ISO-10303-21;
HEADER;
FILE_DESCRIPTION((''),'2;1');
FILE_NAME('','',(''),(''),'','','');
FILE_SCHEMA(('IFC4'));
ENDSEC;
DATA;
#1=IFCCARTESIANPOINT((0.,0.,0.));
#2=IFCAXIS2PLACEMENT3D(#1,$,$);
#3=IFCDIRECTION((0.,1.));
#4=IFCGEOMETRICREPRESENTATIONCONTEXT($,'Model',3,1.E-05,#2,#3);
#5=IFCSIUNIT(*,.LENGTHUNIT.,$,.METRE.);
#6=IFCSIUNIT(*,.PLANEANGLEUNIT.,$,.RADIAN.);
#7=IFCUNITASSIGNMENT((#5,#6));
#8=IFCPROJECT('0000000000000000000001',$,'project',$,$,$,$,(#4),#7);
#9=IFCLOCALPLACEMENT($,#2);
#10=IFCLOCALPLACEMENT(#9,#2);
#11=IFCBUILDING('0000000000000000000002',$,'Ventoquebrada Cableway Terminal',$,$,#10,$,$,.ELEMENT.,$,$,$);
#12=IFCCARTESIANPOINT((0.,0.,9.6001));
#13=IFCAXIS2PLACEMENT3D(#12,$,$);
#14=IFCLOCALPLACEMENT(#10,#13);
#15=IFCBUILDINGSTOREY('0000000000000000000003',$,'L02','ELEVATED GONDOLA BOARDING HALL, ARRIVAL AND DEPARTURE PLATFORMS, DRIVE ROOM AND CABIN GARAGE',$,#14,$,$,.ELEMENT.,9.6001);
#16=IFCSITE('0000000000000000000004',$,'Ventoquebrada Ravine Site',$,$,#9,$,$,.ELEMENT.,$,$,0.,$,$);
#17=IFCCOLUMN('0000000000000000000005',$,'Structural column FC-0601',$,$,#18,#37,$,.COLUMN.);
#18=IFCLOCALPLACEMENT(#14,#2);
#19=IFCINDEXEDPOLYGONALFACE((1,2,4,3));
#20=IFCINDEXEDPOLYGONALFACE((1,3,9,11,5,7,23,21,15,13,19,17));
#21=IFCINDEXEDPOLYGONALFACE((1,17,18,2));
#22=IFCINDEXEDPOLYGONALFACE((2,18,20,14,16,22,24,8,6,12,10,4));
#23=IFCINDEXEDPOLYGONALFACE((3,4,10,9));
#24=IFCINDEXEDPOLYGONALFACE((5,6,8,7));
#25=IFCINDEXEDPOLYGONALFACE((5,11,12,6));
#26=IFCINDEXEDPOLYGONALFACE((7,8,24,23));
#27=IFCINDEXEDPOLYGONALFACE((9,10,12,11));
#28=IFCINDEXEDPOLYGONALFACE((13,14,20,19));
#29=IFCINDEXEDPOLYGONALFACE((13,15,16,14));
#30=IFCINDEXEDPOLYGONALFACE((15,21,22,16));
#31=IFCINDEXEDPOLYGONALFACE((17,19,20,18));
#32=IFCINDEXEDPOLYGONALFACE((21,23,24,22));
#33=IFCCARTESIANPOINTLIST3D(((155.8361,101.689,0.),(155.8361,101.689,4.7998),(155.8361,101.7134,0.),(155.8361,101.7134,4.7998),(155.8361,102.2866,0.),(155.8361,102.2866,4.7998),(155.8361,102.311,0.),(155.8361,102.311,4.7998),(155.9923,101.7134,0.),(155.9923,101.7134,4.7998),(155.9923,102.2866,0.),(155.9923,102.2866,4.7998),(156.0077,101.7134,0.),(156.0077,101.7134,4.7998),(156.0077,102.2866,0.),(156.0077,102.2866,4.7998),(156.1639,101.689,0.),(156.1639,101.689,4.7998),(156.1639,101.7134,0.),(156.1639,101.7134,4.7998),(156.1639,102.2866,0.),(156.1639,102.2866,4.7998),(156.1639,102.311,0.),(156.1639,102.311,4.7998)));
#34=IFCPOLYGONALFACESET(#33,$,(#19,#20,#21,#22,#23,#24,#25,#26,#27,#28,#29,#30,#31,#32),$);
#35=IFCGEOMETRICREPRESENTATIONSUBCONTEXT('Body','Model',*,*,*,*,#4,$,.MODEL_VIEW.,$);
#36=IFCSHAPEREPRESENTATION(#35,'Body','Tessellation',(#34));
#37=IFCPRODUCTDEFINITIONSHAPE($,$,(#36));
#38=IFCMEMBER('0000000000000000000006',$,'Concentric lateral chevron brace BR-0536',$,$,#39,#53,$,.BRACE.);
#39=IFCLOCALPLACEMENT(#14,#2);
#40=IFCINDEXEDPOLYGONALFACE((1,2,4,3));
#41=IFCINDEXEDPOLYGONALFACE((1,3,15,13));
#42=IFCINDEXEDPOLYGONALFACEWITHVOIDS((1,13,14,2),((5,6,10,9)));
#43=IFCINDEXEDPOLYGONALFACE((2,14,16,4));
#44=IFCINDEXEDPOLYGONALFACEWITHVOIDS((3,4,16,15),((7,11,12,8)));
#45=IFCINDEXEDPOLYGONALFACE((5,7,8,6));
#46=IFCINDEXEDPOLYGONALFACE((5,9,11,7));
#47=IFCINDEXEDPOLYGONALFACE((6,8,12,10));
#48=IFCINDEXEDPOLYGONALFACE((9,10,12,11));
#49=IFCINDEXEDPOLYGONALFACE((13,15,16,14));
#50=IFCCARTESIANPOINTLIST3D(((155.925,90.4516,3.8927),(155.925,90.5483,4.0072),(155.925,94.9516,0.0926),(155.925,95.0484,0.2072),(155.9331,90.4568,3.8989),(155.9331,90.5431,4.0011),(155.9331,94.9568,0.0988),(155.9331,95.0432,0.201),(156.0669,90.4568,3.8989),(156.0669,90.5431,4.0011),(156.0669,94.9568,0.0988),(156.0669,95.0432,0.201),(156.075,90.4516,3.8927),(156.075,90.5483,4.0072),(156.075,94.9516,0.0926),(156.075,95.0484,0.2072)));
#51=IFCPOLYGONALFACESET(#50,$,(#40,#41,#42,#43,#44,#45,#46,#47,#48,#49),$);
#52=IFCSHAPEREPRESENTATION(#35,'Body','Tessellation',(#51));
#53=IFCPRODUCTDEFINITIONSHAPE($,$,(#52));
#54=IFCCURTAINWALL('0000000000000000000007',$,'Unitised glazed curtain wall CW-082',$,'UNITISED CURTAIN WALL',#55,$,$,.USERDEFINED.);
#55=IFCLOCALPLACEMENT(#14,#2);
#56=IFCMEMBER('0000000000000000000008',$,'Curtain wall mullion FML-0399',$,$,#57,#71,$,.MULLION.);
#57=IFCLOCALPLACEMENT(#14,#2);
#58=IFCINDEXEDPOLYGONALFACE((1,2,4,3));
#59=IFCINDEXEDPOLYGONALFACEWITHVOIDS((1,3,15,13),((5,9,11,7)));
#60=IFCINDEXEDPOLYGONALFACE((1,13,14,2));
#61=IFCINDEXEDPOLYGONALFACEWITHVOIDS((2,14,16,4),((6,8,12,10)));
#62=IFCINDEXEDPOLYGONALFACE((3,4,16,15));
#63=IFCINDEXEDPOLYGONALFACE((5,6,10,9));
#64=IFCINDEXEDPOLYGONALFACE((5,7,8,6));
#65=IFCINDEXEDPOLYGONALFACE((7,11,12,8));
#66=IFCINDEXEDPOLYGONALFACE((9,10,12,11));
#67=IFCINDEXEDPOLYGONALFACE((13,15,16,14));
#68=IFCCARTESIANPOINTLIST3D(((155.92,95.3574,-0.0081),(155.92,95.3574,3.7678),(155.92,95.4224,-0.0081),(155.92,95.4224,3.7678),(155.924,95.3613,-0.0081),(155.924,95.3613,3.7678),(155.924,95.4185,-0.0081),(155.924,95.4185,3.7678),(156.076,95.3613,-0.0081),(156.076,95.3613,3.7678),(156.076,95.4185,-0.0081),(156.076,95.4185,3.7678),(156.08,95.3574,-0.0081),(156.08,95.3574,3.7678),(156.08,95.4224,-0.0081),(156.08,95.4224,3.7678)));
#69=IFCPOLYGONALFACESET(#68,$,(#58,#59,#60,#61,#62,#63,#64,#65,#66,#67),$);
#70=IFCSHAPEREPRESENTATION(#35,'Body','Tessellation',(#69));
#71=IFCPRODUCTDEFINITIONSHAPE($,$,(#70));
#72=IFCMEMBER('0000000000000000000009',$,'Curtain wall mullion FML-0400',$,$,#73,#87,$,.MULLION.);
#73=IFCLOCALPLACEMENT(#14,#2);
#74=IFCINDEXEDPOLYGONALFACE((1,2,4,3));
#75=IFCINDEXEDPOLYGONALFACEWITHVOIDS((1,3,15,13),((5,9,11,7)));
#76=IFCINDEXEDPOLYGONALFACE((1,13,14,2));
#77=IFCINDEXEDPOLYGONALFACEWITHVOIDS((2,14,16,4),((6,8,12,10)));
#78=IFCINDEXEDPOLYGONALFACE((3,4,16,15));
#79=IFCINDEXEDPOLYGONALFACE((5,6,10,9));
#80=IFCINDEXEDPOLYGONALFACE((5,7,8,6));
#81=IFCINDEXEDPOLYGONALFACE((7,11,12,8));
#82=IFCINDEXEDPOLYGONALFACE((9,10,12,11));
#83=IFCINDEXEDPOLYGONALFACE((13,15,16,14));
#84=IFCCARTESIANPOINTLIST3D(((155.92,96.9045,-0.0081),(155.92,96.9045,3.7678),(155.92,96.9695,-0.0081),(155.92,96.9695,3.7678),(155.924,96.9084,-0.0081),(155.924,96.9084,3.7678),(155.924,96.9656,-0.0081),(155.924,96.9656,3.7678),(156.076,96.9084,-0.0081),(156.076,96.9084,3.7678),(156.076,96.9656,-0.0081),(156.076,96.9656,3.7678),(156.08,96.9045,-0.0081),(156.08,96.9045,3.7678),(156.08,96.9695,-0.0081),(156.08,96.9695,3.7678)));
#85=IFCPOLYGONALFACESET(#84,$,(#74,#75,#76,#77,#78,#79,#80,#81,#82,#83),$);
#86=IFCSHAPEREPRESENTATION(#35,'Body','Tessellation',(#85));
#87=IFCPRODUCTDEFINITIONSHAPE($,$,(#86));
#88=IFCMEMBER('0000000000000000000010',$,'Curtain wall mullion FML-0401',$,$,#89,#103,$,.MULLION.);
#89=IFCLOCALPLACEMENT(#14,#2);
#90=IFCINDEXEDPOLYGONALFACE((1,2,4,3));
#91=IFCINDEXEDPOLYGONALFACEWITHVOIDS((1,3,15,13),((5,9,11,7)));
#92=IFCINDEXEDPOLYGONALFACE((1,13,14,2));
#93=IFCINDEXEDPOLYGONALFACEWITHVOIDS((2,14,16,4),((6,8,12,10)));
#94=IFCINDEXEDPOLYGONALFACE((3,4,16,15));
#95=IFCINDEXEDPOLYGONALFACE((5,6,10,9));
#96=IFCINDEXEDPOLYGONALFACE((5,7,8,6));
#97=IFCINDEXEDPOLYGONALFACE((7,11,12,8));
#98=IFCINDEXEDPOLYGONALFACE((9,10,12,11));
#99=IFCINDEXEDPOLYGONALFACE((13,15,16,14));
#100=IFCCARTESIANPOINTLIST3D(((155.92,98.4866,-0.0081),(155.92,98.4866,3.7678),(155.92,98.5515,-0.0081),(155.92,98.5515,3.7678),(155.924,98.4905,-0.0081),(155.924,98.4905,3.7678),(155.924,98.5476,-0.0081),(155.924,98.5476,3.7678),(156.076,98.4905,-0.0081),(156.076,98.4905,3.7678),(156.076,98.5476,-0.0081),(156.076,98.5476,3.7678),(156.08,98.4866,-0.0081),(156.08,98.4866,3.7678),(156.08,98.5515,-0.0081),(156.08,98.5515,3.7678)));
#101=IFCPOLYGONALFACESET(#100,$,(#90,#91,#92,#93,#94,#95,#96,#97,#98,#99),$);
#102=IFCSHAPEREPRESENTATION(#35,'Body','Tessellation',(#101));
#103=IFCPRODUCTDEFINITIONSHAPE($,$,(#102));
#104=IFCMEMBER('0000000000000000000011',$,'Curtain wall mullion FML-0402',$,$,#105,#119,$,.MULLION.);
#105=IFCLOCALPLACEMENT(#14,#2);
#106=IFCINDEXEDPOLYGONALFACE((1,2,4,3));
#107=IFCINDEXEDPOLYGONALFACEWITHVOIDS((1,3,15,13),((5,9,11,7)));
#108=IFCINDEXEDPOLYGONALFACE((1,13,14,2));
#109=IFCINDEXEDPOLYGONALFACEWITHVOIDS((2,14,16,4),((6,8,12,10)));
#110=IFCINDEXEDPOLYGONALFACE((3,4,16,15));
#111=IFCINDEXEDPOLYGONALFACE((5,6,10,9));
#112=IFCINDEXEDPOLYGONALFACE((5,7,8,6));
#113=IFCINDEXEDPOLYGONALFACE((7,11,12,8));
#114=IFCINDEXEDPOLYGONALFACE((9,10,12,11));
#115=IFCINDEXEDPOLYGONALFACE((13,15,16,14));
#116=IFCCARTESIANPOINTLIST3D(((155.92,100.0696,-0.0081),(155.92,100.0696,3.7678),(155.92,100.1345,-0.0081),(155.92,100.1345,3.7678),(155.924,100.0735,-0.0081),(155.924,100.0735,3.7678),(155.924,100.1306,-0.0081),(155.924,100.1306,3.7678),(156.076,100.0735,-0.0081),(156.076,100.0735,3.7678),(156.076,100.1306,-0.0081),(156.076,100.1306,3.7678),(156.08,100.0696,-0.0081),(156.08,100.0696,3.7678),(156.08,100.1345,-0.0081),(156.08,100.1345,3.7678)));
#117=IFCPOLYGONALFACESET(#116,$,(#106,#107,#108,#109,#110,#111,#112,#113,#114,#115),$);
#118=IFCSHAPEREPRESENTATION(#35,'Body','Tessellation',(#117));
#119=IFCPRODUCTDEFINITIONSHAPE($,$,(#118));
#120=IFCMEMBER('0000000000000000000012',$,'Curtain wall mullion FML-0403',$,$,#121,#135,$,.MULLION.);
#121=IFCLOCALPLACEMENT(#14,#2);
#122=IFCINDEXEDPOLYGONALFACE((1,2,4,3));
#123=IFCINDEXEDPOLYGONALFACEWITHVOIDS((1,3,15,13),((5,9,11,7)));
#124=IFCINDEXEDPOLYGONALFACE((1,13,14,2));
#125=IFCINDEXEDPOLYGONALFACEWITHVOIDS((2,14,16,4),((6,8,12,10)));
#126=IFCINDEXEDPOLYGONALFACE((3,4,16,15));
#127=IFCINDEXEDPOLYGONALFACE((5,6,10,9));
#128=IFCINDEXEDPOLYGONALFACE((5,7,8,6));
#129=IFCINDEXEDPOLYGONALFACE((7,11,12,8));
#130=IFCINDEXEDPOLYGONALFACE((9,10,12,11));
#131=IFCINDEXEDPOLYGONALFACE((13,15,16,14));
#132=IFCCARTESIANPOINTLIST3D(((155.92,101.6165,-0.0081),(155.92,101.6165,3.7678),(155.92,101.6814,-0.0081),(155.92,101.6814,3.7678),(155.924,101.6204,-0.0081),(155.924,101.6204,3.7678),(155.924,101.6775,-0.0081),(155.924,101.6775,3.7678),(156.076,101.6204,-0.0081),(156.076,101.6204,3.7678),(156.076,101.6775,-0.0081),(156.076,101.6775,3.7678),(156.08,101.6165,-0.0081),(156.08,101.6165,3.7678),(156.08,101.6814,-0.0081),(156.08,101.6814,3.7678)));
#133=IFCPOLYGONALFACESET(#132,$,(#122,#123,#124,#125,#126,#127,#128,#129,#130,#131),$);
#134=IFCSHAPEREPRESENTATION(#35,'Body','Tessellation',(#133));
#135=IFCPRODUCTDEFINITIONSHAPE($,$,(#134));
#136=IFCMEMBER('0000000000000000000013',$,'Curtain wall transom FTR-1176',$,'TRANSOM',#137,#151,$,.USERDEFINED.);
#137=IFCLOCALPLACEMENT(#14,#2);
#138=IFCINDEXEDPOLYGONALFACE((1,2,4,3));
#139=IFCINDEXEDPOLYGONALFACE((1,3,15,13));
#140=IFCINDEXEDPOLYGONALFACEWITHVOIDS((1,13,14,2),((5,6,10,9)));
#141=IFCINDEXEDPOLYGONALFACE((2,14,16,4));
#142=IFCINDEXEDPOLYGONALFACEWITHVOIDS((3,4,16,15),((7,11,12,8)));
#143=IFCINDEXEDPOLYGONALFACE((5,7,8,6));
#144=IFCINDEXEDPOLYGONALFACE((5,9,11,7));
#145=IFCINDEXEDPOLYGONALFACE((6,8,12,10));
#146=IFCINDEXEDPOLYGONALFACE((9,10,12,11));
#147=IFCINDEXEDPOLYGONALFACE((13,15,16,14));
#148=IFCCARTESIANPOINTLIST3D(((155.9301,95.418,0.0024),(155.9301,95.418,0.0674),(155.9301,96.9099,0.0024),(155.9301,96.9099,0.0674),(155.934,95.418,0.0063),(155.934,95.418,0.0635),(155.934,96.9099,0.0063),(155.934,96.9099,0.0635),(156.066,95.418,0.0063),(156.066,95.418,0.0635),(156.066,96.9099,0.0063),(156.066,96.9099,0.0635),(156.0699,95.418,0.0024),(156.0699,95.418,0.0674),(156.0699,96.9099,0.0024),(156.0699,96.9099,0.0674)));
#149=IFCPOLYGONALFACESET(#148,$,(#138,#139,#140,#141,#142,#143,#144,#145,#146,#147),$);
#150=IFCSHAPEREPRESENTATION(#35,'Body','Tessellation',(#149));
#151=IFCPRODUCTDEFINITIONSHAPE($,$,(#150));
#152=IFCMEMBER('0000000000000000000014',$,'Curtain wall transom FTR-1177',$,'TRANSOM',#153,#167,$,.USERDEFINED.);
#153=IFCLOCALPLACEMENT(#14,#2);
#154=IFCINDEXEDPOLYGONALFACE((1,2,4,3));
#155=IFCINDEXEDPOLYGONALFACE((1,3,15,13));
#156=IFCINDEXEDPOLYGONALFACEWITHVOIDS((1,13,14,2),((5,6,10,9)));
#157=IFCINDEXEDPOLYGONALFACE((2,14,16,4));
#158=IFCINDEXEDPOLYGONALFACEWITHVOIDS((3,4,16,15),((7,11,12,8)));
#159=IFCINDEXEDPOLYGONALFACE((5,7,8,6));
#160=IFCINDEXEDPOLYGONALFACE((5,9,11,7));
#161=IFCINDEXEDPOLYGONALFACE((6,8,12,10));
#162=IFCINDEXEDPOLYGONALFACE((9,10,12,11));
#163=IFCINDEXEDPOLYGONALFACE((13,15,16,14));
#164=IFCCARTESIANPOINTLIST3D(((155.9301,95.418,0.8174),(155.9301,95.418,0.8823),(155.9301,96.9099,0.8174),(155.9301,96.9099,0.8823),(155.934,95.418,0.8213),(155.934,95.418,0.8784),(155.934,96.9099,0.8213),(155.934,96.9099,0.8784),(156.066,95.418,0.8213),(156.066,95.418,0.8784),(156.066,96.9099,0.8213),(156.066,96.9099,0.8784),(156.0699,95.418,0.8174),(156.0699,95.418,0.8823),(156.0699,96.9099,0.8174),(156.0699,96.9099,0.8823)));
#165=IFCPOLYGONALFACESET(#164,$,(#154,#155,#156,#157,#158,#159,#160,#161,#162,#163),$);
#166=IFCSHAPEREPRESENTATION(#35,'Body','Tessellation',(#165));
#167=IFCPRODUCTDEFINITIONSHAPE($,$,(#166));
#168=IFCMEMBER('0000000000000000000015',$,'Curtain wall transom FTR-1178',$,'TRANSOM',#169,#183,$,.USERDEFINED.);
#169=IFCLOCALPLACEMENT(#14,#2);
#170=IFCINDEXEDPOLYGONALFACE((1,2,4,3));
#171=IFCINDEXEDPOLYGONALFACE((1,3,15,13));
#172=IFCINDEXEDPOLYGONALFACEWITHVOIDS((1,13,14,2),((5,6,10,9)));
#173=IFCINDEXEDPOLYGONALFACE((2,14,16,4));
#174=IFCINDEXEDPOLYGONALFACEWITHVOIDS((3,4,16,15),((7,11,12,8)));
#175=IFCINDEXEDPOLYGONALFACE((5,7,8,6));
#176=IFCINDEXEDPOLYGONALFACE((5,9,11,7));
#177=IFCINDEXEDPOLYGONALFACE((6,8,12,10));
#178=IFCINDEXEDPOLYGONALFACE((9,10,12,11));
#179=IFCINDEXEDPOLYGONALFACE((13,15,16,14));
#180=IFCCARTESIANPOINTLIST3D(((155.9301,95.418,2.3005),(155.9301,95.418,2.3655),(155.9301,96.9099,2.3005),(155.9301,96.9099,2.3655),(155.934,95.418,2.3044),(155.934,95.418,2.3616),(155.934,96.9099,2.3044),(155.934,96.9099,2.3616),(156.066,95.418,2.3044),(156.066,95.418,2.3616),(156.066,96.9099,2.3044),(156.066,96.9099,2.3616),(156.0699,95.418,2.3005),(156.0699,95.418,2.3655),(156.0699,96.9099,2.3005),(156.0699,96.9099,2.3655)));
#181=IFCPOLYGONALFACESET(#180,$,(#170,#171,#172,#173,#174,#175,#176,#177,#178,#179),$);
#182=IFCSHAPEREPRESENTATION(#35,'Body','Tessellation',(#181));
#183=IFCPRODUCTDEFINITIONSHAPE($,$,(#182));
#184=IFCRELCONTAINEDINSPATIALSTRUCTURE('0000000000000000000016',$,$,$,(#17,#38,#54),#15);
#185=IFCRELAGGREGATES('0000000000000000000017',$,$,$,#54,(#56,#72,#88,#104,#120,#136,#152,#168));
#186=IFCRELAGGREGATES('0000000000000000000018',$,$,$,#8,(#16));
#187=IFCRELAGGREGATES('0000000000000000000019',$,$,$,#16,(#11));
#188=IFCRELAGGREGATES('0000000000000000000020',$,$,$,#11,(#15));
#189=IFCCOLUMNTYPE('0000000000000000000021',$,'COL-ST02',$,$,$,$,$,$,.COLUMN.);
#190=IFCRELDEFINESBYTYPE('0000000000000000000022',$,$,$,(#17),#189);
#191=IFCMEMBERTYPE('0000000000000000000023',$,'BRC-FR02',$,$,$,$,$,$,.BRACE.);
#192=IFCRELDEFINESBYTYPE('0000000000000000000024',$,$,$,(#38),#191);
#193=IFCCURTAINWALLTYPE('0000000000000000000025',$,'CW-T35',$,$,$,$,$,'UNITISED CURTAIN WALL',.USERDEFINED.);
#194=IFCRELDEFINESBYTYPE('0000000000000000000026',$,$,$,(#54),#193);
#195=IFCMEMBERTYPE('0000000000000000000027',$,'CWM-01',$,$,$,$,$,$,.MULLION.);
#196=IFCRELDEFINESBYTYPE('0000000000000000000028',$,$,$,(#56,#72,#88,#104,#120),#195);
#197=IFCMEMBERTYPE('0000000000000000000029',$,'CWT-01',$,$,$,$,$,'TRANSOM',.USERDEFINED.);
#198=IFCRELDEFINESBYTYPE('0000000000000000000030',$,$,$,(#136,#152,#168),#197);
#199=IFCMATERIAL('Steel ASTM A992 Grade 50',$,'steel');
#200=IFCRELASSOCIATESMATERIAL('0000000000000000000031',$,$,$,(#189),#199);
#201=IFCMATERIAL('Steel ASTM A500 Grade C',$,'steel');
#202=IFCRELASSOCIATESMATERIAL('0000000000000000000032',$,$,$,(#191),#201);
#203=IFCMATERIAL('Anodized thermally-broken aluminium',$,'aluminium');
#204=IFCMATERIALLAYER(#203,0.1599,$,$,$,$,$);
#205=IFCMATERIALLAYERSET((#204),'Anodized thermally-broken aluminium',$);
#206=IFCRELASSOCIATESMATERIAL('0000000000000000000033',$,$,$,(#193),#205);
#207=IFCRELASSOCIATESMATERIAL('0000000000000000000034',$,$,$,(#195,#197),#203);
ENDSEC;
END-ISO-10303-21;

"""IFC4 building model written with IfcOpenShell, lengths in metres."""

from ifc_helpers import new_model, si_unit, direction, frame, origin, origin_2d, place, context, subcontext, project, spatial, hollow_rectangle, i_section, extrude, material, layer, layer_set, material_profile, profile_set, type_object, element, aggregate, save


model = new_model("IFC4")

# Units and contexts
model_context = context("Model", 3, precision=1e-05, world=origin(), true_north=direction((0.0, 1.0)))
body_context = subcontext(model_context, "Body", "Model", "MODEL_VIEW")
ifc_project = project(units=[si_unit("LENGTHUNIT", "METRE"), si_unit("PLANEANGLEUNIT", "RADIAN")], contexts=[model_context])

# Site, building, storey
site_placement = place(None, origin())
site = spatial("IfcSite", under=ifc_project, at=site_placement, Name="Ventoquebrada Ravine Site", CompositionType="ELEMENT", RefElevation=0.0)
building_placement = place(site_placement, origin())
building = spatial("IfcBuilding", under=site, at=building_placement, Name="Ventoquebrada Cableway Terminal", CompositionType="ELEMENT")
storey_placement = place(building_placement, frame((0.0, 0.0, 9.6001)))
storey = spatial("IfcBuildingStorey", under=building, at=storey_placement, Name="L02", Description="ELEVATED GONDOLA BOARDING HALL, ARRIVAL AND DEPARTURE PLATFORMS, DRIVE ROOM AND CABIN GARAGE", CompositionType="ELEMENT", Elevation=9.6001)

# Column
ifc_material_1 = material(Name="Steel ASTM A992 Grade 50", Category="steel")
ifc_material_profile_1 = material_profile(ifc_material_1, i_section(OverallWidth=0.3279, OverallDepth=0.6221, WebThickness=0.0154, FlangeThickness=0.0244, at=origin_2d()), Name="W24X131")
ifc_profile_set_1 = profile_set([ifc_material_profile_1], Name="Steel ASTM A992 Grade 50")
column_type = type_object("IfcColumnType", Name="COL-ST02", PredefinedType="COLUMN", material=ifc_profile_set_1)
column_placement = place(storey_placement, frame((156.0, 102.0, 0.0), z_axis=(0.0, 0.0, 1.0), x_axis=(1.0, 0.0, 0.0)))
element("IfcColumn", 1, at=column_placement, inside=storey, type_object=column_type, Name="Structural column FC-0601", PredefinedType="COLUMN", context=body_context, shape_type="SweptSolid", body=[
    extrude(i_section(OverallWidth=0.3279, OverallDepth=0.6221, WebThickness=0.0154, FlangeThickness=0.0244, at=origin_2d()), origin(), (0.0, 0.0, 1.0), 4.7998),
])

# Member
ifc_material_2 = material(Name="Steel ASTM A500 Grade C", Category="steel")
ifc_material_profile_2 = material_profile(ifc_material_2, hollow_rectangle(XDim=0.1499, YDim=0.1499, WallThickness=0.0081, at=origin_2d()), Name="HSS150X150X8")
ifc_profile_set_2 = profile_set([ifc_material_profile_2], Name="Steel ASTM A500 Grade C")
member_type_1 = type_object("IfcMemberType", Name="BRC-FR02", PredefinedType="BRACE", material=ifc_profile_set_2)
member_1_placement = place(storey_placement, frame((156.0, 95.0, 0.1499), z_axis=(0.0, -0.764026, 0.645186), x_axis=(1.0, 0.0, 0.0)))
element("IfcMember", 2, at=member_1_placement, inside=storey, type_object=member_type_1, Name="Concentric lateral chevron brace BR-0536", PredefinedType="BRACE", context=body_context, shape_type="SweptSolid", body=[
    extrude(hollow_rectangle(XDim=0.1499, YDim=0.1499, WallThickness=0.0081, at=origin_2d()), origin(), (0.0, 0.0, 1.0), 5.8899),
])

# Curtain wall, members
ifc_material_3 = material(Name="Anodized thermally-broken aluminium", Category="aluminium")
ifc_layer_1 = layer(ifc_material_3, 0.1599)
ifc_layer_set_1 = layer_set([ifc_layer_1], Name="Anodized thermally-broken aluminium")
curtain_wall_type = type_object("IfcCurtainWallType", Name="CW-T35", ElementType="UNITISED CURTAIN WALL", PredefinedType="USERDEFINED", material=ifc_layer_set_1)
curtain_wall_placement = place(storey_placement, origin())
curtain_wall = element("IfcCurtainWall", 3, at=curtain_wall_placement, inside=storey, type_object=curtain_wall_type, Name="Unitised glazed curtain wall CW-082", ObjectType="UNITISED CURTAIN WALL", PredefinedType="USERDEFINED")
ifc_material_profile_3 = material_profile(ifc_material_3, hollow_rectangle(XDim=0.0649, YDim=0.1599, WallThickness=0.0039, at=origin_2d()), Name="CW-MUL-65X160")
ifc_profile_set_3 = profile_set([ifc_material_profile_3], Name="Anodized thermally-broken aluminium")
member_type_2 = type_object("IfcMemberType", Name="CWM-01", PredefinedType="MULLION", material=ifc_profile_set_3)
member_2_placement = place(storey_placement, frame((156.0, 95.3899, -0.0081), z_axis=(0.0, 0.0, 1.0), x_axis=(0.0, 1.0, 0.0)))
member_2 = element("IfcMember", 4, at=member_2_placement, type_object=member_type_2, Name="Curtain wall mullion FML-0399", PredefinedType="MULLION", context=body_context, shape_type="SweptSolid", body=[
    extrude(hollow_rectangle(XDim=0.0649, YDim=0.1599, WallThickness=0.0039, at=origin_2d()), origin(), (0.0, 0.0, 1.0), 3.7759),
])
member_3_placement = place(storey_placement, frame((156.0, 96.937, -0.0081), z_axis=(0.0, 0.0, 1.0), x_axis=(0.0, 1.0, 0.0)))
member_3 = element("IfcMember", 5, at=member_3_placement, type_object=member_type_2, Name="Curtain wall mullion FML-0400", PredefinedType="MULLION", context=body_context, shape_type="SweptSolid", body=[
    extrude(hollow_rectangle(XDim=0.0649, YDim=0.1599, WallThickness=0.0039, at=origin_2d()), origin(), (0.0, 0.0, 1.0), 3.7759),
])
member_4_placement = place(storey_placement, frame((156.0, 98.519, -0.0081), z_axis=(0.0, 0.0, 1.0), x_axis=(0.0, 1.0, 0.0)))
member_4 = element("IfcMember", 6, at=member_4_placement, type_object=member_type_2, Name="Curtain wall mullion FML-0401", PredefinedType="MULLION", context=body_context, shape_type="SweptSolid", body=[
    extrude(hollow_rectangle(XDim=0.0649, YDim=0.1599, WallThickness=0.0039, at=origin_2d()), origin(), (0.0, 0.0, 1.0), 3.7759),
])
member_5_placement = place(storey_placement, frame((156.0, 100.1021, -0.0081), z_axis=(0.0, 0.0, 1.0), x_axis=(0.0, 1.0, 0.0)))
member_5 = element("IfcMember", 7, at=member_5_placement, type_object=member_type_2, Name="Curtain wall mullion FML-0402", PredefinedType="MULLION", context=body_context, shape_type="SweptSolid", body=[
    extrude(hollow_rectangle(XDim=0.0649, YDim=0.1599, WallThickness=0.0039, at=origin_2d()), origin(), (0.0, 0.0, 1.0), 3.7759),
])
member_6_placement = place(storey_placement, frame((156.0, 101.6489, -0.0081), z_axis=(0.0, 0.0, 1.0), x_axis=(0.0, 1.0, 0.0)))
member_6 = element("IfcMember", 8, at=member_6_placement, type_object=member_type_2, Name="Curtain wall mullion FML-0403", PredefinedType="MULLION", context=body_context, shape_type="SweptSolid", body=[
    extrude(hollow_rectangle(XDim=0.0649, YDim=0.1599, WallThickness=0.0039, at=origin_2d()), origin(), (0.0, 0.0, 1.0), 3.7759),
])
ifc_material_profile_4 = material_profile(ifc_material_3, hollow_rectangle(XDim=0.0649, YDim=0.1399, WallThickness=0.0039, at=origin_2d()), Name="CW-TRN-65X140")
ifc_profile_set_4 = profile_set([ifc_material_profile_4], Name="Anodized thermally-broken aluminium")
member_type_3 = type_object("IfcMemberType", Name="CWT-01", ElementType="TRANSOM", PredefinedType="USERDEFINED", material=ifc_profile_set_4)
member_7_placement = place(storey_placement, frame((156.0, 95.418, 0.0349), z_axis=(0.0, 1.0, 0.0), x_axis=(0.0, 0.0, 1.0)))
member_7 = element("IfcMember", 9, at=member_7_placement, type_object=member_type_3, Name="Curtain wall transom FTR-1176", ObjectType="TRANSOM", PredefinedType="USERDEFINED", context=body_context, shape_type="SweptSolid", body=[
    extrude(hollow_rectangle(XDim=0.0649, YDim=0.1399, WallThickness=0.0039, at=origin_2d()), origin(), (0.0, 0.0, 1.0), 1.4919),
])
member_8_placement = place(storey_placement, frame((156.0, 95.418, 0.8499), z_axis=(0.0, 1.0, 0.0), x_axis=(0.0, 0.0, 1.0)))
member_8 = element("IfcMember", 10, at=member_8_placement, type_object=member_type_3, Name="Curtain wall transom FTR-1177", ObjectType="TRANSOM", PredefinedType="USERDEFINED", context=body_context, shape_type="SweptSolid", body=[
    extrude(hollow_rectangle(XDim=0.0649, YDim=0.1399, WallThickness=0.0039, at=origin_2d()), origin(), (0.0, 0.0, 1.0), 1.4919),
])
member_9_placement = place(storey_placement, frame((156.0, 95.418, 2.333), z_axis=(0.0, 1.0, 0.0), x_axis=(0.0, 0.0, 1.0)))
member_9 = element("IfcMember", 11, at=member_9_placement, type_object=member_type_3, Name="Curtain wall transom FTR-1178", ObjectType="TRANSOM", PredefinedType="USERDEFINED", context=body_context, shape_type="SweptSolid", body=[
    extrude(hollow_rectangle(XDim=0.0649, YDim=0.1399, WallThickness=0.0039, at=origin_2d()), origin(), (0.0, 0.0, 1.0), 1.4919),
])
aggregate(curtain_wall, [member_2, member_3, member_4, member_5, member_6, member_7, member_8, member_9])

save(model, "model.ifc")
